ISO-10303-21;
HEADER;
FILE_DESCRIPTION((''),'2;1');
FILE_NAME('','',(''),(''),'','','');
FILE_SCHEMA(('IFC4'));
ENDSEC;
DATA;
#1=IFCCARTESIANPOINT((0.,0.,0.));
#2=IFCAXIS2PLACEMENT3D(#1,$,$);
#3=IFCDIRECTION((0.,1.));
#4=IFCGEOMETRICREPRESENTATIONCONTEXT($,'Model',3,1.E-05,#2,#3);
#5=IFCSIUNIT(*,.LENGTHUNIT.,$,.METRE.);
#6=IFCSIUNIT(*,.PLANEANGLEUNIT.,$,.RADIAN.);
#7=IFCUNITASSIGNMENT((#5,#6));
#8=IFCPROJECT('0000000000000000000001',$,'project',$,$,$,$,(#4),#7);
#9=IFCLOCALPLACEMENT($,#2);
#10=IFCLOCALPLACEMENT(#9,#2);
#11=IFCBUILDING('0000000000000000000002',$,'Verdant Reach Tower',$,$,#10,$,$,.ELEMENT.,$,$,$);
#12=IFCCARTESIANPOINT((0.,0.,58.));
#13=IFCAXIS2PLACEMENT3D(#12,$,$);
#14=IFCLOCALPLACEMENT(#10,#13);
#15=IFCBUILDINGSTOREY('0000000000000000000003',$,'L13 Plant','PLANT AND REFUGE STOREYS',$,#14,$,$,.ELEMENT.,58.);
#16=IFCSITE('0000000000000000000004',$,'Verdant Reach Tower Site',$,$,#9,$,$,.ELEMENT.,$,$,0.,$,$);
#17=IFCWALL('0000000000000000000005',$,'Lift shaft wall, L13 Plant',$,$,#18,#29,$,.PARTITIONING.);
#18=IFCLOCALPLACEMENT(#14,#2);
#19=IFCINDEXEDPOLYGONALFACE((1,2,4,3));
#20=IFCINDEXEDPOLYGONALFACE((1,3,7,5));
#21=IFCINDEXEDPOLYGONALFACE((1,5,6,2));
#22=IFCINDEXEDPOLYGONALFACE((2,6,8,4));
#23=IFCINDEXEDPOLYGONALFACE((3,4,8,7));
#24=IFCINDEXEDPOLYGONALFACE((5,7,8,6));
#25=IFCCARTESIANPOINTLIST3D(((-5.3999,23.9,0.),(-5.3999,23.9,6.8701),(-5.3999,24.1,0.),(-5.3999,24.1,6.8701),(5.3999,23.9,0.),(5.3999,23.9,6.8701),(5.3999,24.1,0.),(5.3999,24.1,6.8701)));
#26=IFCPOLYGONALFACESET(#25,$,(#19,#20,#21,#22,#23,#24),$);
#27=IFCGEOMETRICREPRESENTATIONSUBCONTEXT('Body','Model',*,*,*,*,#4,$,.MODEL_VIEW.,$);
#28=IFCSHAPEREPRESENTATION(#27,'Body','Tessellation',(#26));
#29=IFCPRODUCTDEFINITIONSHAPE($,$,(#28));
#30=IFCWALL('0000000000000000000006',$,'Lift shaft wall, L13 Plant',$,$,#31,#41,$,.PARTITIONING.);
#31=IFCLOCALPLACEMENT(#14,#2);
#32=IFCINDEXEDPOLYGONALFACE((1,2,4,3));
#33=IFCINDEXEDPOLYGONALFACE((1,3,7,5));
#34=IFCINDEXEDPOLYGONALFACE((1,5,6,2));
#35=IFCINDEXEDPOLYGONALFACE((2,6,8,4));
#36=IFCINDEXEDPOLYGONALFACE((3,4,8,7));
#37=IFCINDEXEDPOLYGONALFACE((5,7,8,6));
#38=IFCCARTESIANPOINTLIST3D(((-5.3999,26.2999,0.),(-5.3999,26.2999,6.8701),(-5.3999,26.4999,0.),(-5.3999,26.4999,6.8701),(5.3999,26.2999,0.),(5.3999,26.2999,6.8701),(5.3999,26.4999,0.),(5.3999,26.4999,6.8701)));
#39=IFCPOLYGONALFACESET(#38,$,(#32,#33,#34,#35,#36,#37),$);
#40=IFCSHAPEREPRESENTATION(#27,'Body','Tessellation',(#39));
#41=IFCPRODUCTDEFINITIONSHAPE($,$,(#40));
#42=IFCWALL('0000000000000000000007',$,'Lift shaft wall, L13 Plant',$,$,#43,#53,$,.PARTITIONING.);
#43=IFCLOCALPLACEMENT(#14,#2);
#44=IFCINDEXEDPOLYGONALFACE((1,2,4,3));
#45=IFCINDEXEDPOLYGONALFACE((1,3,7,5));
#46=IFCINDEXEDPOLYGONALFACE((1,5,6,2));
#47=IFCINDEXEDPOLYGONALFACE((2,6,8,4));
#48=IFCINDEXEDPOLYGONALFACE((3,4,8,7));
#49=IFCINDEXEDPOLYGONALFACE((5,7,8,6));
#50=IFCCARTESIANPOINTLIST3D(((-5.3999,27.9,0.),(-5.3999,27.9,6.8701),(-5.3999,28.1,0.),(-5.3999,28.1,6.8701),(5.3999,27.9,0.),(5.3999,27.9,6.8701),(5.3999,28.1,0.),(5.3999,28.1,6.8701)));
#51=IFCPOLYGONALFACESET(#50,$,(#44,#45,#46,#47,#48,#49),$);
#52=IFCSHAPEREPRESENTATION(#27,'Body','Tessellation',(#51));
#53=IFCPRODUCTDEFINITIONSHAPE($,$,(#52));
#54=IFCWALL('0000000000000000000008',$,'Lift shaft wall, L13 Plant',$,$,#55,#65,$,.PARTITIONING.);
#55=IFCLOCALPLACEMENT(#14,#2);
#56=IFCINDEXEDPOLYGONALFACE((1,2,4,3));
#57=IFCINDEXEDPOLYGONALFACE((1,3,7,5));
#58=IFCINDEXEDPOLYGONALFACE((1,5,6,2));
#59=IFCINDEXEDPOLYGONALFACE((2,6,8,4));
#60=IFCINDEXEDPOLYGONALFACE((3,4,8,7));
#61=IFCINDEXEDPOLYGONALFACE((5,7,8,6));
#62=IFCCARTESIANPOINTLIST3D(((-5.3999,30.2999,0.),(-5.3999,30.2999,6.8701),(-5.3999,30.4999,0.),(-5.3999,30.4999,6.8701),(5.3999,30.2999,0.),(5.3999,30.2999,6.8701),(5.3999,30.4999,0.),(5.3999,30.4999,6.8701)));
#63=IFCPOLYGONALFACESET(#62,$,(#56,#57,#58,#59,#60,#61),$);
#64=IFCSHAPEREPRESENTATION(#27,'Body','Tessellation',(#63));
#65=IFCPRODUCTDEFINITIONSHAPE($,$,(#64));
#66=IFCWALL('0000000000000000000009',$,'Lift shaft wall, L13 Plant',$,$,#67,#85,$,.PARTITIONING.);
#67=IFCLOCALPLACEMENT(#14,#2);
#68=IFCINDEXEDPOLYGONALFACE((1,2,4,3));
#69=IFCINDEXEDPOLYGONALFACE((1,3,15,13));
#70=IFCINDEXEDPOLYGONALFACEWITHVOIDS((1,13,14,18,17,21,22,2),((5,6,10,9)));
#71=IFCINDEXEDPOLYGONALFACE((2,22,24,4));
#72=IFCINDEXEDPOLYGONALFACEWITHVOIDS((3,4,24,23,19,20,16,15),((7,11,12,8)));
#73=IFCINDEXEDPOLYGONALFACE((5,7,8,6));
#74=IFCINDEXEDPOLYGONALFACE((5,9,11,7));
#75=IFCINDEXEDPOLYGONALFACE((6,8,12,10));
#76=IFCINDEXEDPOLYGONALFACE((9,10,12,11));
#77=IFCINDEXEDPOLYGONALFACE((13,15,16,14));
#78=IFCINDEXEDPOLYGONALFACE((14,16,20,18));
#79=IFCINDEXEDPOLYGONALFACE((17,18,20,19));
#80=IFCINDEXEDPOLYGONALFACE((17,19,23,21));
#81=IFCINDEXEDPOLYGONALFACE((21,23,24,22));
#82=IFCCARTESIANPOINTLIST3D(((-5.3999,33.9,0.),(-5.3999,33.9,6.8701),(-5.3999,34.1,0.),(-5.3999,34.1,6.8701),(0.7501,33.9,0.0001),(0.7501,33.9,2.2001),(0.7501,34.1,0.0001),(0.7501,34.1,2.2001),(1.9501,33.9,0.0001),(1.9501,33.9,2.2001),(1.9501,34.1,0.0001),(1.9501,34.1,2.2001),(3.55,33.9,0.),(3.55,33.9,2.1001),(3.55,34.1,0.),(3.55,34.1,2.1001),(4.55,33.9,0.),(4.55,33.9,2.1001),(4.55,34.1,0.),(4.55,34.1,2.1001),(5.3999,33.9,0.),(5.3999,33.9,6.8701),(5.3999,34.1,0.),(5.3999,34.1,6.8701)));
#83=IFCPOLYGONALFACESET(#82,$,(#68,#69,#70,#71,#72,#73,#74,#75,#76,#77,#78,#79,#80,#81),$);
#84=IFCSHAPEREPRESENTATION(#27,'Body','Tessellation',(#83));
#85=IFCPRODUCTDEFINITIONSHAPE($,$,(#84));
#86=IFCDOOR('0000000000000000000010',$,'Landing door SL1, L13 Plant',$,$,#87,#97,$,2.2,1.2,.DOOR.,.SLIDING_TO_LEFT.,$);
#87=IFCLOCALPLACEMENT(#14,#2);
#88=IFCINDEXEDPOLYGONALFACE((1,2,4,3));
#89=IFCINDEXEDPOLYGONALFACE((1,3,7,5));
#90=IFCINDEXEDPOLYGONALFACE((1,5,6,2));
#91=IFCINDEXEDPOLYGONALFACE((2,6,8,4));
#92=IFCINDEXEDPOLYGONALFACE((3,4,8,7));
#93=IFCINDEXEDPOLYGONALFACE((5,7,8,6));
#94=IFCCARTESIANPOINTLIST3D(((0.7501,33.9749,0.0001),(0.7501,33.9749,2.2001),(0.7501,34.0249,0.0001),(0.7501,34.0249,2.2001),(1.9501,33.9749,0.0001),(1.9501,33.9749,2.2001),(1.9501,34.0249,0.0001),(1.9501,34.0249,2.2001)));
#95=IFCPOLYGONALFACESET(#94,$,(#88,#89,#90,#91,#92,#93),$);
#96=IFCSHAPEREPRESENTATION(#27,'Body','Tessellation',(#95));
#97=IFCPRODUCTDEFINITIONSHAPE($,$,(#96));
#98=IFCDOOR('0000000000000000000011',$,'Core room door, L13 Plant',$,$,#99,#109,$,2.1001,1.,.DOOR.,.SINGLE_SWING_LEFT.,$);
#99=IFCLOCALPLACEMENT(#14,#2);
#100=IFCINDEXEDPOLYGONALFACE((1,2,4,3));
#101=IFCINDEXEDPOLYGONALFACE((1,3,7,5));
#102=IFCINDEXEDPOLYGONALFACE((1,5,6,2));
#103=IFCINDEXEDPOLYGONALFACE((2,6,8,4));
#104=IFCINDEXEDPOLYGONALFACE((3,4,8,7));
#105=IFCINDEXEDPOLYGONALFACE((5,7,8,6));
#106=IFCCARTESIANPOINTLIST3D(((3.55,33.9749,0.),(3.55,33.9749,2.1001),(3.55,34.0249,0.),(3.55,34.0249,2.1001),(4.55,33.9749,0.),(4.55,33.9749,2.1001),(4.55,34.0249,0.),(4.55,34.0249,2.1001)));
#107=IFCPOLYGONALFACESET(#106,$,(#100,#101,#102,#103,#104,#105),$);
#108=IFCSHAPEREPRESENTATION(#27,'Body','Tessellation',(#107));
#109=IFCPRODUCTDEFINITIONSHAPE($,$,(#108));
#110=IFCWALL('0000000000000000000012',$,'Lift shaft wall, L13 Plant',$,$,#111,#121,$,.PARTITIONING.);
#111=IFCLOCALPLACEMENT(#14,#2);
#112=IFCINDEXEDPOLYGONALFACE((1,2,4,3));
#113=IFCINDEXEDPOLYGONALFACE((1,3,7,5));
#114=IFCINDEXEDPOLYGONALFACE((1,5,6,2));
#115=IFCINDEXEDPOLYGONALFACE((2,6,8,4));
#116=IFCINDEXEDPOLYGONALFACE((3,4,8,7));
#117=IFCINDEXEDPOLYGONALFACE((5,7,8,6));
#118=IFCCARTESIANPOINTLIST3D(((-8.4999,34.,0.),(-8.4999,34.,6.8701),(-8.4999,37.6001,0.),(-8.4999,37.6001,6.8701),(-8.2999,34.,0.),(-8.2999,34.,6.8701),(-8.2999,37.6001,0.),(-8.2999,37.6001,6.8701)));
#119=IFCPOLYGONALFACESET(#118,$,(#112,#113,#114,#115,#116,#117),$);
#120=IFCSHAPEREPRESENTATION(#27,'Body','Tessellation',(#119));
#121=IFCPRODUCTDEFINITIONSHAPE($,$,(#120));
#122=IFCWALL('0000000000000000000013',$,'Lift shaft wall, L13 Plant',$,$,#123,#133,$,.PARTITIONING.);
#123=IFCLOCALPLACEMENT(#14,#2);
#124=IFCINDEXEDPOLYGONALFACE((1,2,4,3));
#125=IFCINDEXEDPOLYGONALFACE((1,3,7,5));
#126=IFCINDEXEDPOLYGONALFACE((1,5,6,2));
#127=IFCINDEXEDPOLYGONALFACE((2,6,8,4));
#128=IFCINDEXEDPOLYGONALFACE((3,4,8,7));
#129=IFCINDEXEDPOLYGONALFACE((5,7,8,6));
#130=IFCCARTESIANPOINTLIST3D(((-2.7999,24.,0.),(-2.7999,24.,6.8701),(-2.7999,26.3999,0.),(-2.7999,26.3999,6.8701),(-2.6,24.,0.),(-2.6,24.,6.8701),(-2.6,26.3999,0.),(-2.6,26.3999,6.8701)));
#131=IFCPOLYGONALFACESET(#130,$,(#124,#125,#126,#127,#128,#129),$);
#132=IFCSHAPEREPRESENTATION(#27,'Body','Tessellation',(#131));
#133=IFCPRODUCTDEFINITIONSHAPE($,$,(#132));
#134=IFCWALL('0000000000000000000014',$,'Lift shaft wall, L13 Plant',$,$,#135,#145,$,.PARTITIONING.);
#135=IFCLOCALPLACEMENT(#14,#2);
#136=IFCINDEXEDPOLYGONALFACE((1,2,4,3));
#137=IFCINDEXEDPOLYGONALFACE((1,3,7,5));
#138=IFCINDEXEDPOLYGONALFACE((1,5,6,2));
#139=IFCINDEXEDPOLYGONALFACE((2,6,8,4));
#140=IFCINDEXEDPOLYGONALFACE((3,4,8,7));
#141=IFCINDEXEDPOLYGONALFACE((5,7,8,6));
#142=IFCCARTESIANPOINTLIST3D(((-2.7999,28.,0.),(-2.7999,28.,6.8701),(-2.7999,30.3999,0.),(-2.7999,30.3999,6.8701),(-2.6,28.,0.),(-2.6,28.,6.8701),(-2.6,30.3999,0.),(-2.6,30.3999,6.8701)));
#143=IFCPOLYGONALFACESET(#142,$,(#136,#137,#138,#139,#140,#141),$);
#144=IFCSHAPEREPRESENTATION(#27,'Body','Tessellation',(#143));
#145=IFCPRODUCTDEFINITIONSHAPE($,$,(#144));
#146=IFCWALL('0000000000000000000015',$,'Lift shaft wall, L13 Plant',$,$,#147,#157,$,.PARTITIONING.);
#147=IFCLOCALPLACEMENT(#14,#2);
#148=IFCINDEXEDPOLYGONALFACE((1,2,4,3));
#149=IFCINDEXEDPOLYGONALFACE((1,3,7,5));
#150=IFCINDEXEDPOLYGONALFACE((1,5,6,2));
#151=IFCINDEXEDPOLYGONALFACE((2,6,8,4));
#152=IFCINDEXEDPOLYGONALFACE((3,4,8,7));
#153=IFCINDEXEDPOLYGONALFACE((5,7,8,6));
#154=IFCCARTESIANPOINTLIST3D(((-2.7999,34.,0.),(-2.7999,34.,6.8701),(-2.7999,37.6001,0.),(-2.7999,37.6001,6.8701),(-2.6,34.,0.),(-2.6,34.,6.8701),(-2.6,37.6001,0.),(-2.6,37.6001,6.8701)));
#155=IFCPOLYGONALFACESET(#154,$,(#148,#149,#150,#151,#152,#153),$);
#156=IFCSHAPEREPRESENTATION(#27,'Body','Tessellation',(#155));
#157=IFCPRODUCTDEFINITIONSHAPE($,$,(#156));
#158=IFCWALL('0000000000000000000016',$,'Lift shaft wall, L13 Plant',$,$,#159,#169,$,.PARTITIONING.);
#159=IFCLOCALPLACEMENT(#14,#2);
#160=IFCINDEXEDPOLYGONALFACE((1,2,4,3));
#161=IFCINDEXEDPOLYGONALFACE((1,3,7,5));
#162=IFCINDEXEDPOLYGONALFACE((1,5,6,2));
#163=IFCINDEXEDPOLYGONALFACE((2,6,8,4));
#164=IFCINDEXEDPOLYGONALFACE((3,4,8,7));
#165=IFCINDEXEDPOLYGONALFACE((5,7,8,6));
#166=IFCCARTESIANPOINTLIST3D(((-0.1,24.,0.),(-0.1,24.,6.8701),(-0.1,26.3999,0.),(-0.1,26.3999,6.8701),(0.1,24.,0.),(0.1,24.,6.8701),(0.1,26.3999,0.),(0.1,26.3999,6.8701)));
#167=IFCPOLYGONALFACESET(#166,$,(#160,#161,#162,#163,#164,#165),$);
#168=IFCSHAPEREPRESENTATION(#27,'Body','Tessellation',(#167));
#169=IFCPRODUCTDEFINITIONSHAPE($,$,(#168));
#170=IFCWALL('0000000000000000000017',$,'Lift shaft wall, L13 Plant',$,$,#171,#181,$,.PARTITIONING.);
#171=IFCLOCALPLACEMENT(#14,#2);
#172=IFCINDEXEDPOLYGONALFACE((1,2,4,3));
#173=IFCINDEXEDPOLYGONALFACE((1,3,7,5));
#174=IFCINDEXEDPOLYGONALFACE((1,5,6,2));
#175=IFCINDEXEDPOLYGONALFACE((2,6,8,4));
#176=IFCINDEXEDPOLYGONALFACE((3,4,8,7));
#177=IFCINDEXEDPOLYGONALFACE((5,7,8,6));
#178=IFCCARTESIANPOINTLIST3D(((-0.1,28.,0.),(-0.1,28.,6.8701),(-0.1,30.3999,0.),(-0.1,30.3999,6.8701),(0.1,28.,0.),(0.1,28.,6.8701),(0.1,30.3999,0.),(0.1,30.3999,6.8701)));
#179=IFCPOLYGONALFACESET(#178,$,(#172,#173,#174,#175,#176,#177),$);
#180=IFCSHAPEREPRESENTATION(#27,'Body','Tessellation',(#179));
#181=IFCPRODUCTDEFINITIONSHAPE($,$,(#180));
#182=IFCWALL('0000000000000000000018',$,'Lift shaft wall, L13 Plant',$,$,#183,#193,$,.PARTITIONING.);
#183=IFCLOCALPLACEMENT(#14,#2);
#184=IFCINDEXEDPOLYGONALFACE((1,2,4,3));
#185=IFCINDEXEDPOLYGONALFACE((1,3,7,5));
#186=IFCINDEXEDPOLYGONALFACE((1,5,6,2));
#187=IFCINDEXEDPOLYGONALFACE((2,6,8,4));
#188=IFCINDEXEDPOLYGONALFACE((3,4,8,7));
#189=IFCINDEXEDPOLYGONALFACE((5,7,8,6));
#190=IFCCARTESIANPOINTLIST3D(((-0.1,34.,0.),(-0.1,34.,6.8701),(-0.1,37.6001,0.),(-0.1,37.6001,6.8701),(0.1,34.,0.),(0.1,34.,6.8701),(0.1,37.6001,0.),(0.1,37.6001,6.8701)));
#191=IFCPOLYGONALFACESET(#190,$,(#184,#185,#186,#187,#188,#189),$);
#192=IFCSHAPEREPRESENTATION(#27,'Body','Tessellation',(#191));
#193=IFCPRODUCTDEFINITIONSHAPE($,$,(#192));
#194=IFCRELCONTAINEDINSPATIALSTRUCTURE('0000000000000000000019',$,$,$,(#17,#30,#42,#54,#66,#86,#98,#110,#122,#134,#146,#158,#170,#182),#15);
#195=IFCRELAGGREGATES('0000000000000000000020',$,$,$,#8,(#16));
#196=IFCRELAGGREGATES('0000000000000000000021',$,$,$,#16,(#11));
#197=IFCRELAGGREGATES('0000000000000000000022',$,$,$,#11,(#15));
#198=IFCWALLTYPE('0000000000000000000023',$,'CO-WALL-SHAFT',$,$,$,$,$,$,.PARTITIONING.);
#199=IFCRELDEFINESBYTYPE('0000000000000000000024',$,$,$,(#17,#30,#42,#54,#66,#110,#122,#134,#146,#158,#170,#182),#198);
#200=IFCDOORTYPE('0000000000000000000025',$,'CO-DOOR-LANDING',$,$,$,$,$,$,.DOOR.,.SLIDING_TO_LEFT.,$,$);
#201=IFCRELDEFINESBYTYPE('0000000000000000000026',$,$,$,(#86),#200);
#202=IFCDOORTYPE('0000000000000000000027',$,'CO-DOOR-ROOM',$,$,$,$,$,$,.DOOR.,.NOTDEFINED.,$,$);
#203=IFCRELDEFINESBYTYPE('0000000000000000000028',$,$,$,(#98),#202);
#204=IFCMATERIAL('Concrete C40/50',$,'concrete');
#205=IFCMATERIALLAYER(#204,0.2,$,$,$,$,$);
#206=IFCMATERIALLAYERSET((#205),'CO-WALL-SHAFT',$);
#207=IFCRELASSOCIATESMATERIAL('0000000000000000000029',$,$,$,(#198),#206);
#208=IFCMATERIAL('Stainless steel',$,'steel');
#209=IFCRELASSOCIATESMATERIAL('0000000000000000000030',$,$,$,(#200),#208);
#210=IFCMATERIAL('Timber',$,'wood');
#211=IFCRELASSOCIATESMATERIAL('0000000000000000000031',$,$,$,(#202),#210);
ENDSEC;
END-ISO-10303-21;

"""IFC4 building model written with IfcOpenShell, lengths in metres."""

from ifc_helpers import new_model, si_unit, direction, frame, frame_2d, origin, place, context, subcontext, project, spatial, rectangle, extrude, material, layer, layer_set, type_object, element, fill, save


model = new_model("IFC4")

# Units and contexts
model_context = context("Model", 3, precision=1e-05, world=origin(), true_north=direction((0.0, 1.0)))
body_context = subcontext(model_context, "Body", "Model", "MODEL_VIEW")
ifc_project = project(units=[si_unit("LENGTHUNIT", "METRE"), si_unit("PLANEANGLEUNIT", "RADIAN")], contexts=[model_context])

# Site, building, storey
site_placement = place(None, origin())
site = spatial("IfcSite", under=ifc_project, at=site_placement, Name="Verdant Reach Tower Site", CompositionType="ELEMENT", RefElevation=0.0)
building_placement = place(site_placement, origin())
building = spatial("IfcBuilding", under=site, at=building_placement, Name="Verdant Reach Tower", CompositionType="ELEMENT")
storey_placement = place(building_placement, frame((0.0, 0.0, 58.0)))
storey = spatial("IfcBuildingStorey", under=building, at=storey_placement, Name="L13 Plant", Description="PLANT AND REFUGE STOREYS", CompositionType="ELEMENT", Elevation=58.0)

# Walls
ifc_material_1 = material(Name="Concrete C40/50", Category="concrete")
ifc_layer_1 = layer(ifc_material_1, 0.2)
ifc_layer_set_1 = layer_set([ifc_layer_1], Name="CO-WALL-SHAFT")
wall_type_1 = type_object("IfcWallType", Name="CO-WALL-SHAFT", PredefinedType="PARTITIONING", material=ifc_layer_set_1)
for number, where, z_axis, x_axis, name in (
    (1, (-5.3999, 24.0, 0.0), (0.0, 0.0, 1.0), (1.0, 0.0, 0.0), "Lift shaft wall, L13 Plant"),
    (2, (-5.3999, 26.3999, 0.0), (0.0, 0.0, 1.0), (1.0, 0.0, 0.0), "Lift shaft wall, L13 Plant"),
    (3, (-5.3999, 28.0, 0.0), (0.0, 0.0, 1.0), (1.0, 0.0, 0.0), "Lift shaft wall, L13 Plant"),
    (4, (-5.3999, 30.3999, 0.0), (0.0, 0.0, 1.0), (1.0, 0.0, 0.0), "Lift shaft wall, L13 Plant"),
):
    element("IfcWall", number, at=place(storey_placement, frame(where, z_axis=z_axis, x_axis=x_axis)), inside=storey, type_object=wall_type_1, Name=name, PredefinedType="PARTITIONING", context=body_context, shape_type="SweptSolid", body=[
        extrude(rectangle(XDim=10.7998, YDim=0.2, at=frame_2d((5.3999, 0.0))), origin(), (0.0, 0.0, 1.0), 6.8701),
    ])

# Wall, openings, doors
wall_1_placement = place(storey_placement, frame((-5.3999, 34.0, 0.0), z_axis=(0.0, 0.0, 1.0), x_axis=(1.0, 0.0, 0.0)))
wall_1 = element("IfcWall", 5, at=wall_1_placement, inside=storey, type_object=wall_type_1, Name="Lift shaft wall, L13 Plant", PredefinedType="PARTITIONING", context=body_context, shape_type="SweptSolid", body=[
    extrude(rectangle(XDim=10.7998, YDim=0.2, at=frame_2d((5.3999, 0.0))), origin(), (0.0, 0.0, 1.0), 6.8701),
])
opening_1_placement = place(wall_1_placement, frame((6.1499, 0.0, 0.0)))
opening_1 = element("IfcOpeningElement", 6, at=opening_1_placement, cuts=wall_1, PredefinedType="OPENING", context=body_context, shape_type="SweptSolid", body=[
    extrude(rectangle(XDim=1.2, YDim=2.2, at=frame_2d((0.6001, 1.1001))), frame((0.0, 0.1099, 0.0), z_axis=(0.0, -1.0, 0.0), x_axis=(1.0, 0.0, 0.0)), (0.0, 0.0, 1.0), 0.22),
])
opening_2_placement = place(wall_1_placement, frame((8.95, 0.0, 0.0)))
opening_2 = element("IfcOpeningElement", 7, at=opening_2_placement, cuts=wall_1, PredefinedType="OPENING", context=body_context, shape_type="SweptSolid", body=[
    extrude(rectangle(XDim=1.0, YDim=2.1001, at=frame_2d((0.5, 1.05))), frame((0.0, 0.1099, 0.0), z_axis=(0.0, -1.0, 0.0), x_axis=(1.0, 0.0, 0.0)), (0.0, 0.0, 1.0), 0.22),
])
ifc_material_2 = material(Name="Stainless steel", Category="steel")
door_type_1 = type_object("IfcDoorType", Name="CO-DOOR-LANDING", OperationType="SLIDING_TO_LEFT", PredefinedType="DOOR", material=ifc_material_2)
door_1_placement = place(opening_1_placement, origin())
door_1 = element("IfcDoor", 8, at=door_1_placement, inside=storey, type_object=door_type_1, Name="Landing door SL1, L13 Plant", OperationType="SLIDING_TO_LEFT", OverallHeight=2.2, OverallWidth=1.2, PredefinedType="DOOR", context=body_context, shape_type="SweptSolid", body=[
    extrude(rectangle(XDim=1.2, YDim=2.2, at=frame_2d((0.6001, 1.1001))), frame((0.0, 0.0249, 0.0), z_axis=(0.0, -1.0, 0.0), x_axis=(1.0, 0.0, 0.0)), (0.0, 0.0, 1.0), 0.05),
])
fill(opening_1, door_1)
ifc_material_3 = material(Name="Timber", Category="wood")
door_type_2 = type_object("IfcDoorType", Name="CO-DOOR-ROOM", OperationType="NOTDEFINED", PredefinedType="DOOR", material=ifc_material_3)
door_2_placement = place(opening_2_placement, origin())
door_2 = element("IfcDoor", 9, at=door_2_placement, inside=storey, type_object=door_type_2, Name="Core room door, L13 Plant", OperationType="SINGLE_SWING_LEFT", OverallHeight=2.1001, OverallWidth=1.0, PredefinedType="DOOR", context=body_context, shape_type="SweptSolid", body=[
    extrude(rectangle(XDim=1.0, YDim=2.1001, at=frame_2d((0.5, 1.05))), frame((0.0, 0.0249, 0.0), z_axis=(0.0, -1.0, 0.0), x_axis=(1.0, 0.0, 0.0)), (0.0, 0.0, 1.0), 0.05),
])
fill(opening_2, door_2)

# Walls
wall_2_placement = place(storey_placement, frame((-8.3999, 34.0, 0.0), z_axis=(0.0, 0.0, 1.0), x_axis=(0.0, 1.0, 0.0)))
element("IfcWall", 10, at=wall_2_placement, inside=storey, type_object=wall_type_1, Name="Lift shaft wall, L13 Plant", PredefinedType="PARTITIONING", context=body_context, shape_type="SweptSolid", body=[
    extrude(rectangle(XDim=3.6001, YDim=0.2, at=frame_2d((1.8, 0.0))), origin(), (0.0, 0.0, 1.0), 6.8701),
])
for number, where, z_axis, x_axis, name in (
    (11, (-2.7, 24.0, 0.0), (0.0, 0.0, 1.0), (0.0, 1.0, 0.0), "Lift shaft wall, L13 Plant"),
    (12, (-2.7, 28.0, 0.0), (0.0, 0.0, 1.0), (0.0, 1.0, 0.0), "Lift shaft wall, L13 Plant"),
):
    element("IfcWall", number, at=place(storey_placement, frame(where, z_axis=z_axis, x_axis=x_axis)), inside=storey, type_object=wall_type_1, Name=name, PredefinedType="PARTITIONING", context=body_context, shape_type="SweptSolid", body=[
        extrude(rectangle(XDim=2.3999, YDim=0.2, at=frame_2d((1.2, 0.0))), origin(), (0.0, 0.0, 1.0), 6.8701),
    ])
wall_3_placement = place(storey_placement, frame((-2.7, 34.0, 0.0), z_axis=(0.0, 0.0, 1.0), x_axis=(0.0, 1.0, 0.0)))
element("IfcWall", 13, at=wall_3_placement, inside=storey, type_object=wall_type_1, Name="Lift shaft wall, L13 Plant", PredefinedType="PARTITIONING", context=body_context, shape_type="SweptSolid", body=[
    extrude(rectangle(XDim=3.6001, YDim=0.2, at=frame_2d((1.8, 0.0))), origin(), (0.0, 0.0, 1.0), 6.8701),
])
for number, where, z_axis, x_axis, name in (
    (14, (0.0, 24.0, 0.0), (0.0, 0.0, 1.0), (0.0, 1.0, 0.0), "Lift shaft wall, L13 Plant"),
    (15, (0.0, 28.0, 0.0), (0.0, 0.0, 1.0), (0.0, 1.0, 0.0), "Lift shaft wall, L13 Plant"),
):
    element("IfcWall", number, at=place(storey_placement, frame(where, z_axis=z_axis, x_axis=x_axis)), inside=storey, type_object=wall_type_1, Name=name, PredefinedType="PARTITIONING", context=body_context, shape_type="SweptSolid", body=[
        extrude(rectangle(XDim=2.3999, YDim=0.2, at=frame_2d((1.2, 0.0))), origin(), (0.0, 0.0, 1.0), 6.8701),
    ])
wall_4_placement = place(storey_placement, frame((0.0, 34.0, 0.0), z_axis=(0.0, 0.0, 1.0), x_axis=(0.0, 1.0, 0.0)))
element("IfcWall", 16, at=wall_4_placement, inside=storey, type_object=wall_type_1, Name="Lift shaft wall, L13 Plant", PredefinedType="PARTITIONING", context=body_context, shape_type="SweptSolid", body=[
    extrude(rectangle(XDim=3.6001, YDim=0.2, at=frame_2d((1.8, 0.0))), origin(), (0.0, 0.0, 1.0), 6.8701),
])

save(model, "model.ifc")
